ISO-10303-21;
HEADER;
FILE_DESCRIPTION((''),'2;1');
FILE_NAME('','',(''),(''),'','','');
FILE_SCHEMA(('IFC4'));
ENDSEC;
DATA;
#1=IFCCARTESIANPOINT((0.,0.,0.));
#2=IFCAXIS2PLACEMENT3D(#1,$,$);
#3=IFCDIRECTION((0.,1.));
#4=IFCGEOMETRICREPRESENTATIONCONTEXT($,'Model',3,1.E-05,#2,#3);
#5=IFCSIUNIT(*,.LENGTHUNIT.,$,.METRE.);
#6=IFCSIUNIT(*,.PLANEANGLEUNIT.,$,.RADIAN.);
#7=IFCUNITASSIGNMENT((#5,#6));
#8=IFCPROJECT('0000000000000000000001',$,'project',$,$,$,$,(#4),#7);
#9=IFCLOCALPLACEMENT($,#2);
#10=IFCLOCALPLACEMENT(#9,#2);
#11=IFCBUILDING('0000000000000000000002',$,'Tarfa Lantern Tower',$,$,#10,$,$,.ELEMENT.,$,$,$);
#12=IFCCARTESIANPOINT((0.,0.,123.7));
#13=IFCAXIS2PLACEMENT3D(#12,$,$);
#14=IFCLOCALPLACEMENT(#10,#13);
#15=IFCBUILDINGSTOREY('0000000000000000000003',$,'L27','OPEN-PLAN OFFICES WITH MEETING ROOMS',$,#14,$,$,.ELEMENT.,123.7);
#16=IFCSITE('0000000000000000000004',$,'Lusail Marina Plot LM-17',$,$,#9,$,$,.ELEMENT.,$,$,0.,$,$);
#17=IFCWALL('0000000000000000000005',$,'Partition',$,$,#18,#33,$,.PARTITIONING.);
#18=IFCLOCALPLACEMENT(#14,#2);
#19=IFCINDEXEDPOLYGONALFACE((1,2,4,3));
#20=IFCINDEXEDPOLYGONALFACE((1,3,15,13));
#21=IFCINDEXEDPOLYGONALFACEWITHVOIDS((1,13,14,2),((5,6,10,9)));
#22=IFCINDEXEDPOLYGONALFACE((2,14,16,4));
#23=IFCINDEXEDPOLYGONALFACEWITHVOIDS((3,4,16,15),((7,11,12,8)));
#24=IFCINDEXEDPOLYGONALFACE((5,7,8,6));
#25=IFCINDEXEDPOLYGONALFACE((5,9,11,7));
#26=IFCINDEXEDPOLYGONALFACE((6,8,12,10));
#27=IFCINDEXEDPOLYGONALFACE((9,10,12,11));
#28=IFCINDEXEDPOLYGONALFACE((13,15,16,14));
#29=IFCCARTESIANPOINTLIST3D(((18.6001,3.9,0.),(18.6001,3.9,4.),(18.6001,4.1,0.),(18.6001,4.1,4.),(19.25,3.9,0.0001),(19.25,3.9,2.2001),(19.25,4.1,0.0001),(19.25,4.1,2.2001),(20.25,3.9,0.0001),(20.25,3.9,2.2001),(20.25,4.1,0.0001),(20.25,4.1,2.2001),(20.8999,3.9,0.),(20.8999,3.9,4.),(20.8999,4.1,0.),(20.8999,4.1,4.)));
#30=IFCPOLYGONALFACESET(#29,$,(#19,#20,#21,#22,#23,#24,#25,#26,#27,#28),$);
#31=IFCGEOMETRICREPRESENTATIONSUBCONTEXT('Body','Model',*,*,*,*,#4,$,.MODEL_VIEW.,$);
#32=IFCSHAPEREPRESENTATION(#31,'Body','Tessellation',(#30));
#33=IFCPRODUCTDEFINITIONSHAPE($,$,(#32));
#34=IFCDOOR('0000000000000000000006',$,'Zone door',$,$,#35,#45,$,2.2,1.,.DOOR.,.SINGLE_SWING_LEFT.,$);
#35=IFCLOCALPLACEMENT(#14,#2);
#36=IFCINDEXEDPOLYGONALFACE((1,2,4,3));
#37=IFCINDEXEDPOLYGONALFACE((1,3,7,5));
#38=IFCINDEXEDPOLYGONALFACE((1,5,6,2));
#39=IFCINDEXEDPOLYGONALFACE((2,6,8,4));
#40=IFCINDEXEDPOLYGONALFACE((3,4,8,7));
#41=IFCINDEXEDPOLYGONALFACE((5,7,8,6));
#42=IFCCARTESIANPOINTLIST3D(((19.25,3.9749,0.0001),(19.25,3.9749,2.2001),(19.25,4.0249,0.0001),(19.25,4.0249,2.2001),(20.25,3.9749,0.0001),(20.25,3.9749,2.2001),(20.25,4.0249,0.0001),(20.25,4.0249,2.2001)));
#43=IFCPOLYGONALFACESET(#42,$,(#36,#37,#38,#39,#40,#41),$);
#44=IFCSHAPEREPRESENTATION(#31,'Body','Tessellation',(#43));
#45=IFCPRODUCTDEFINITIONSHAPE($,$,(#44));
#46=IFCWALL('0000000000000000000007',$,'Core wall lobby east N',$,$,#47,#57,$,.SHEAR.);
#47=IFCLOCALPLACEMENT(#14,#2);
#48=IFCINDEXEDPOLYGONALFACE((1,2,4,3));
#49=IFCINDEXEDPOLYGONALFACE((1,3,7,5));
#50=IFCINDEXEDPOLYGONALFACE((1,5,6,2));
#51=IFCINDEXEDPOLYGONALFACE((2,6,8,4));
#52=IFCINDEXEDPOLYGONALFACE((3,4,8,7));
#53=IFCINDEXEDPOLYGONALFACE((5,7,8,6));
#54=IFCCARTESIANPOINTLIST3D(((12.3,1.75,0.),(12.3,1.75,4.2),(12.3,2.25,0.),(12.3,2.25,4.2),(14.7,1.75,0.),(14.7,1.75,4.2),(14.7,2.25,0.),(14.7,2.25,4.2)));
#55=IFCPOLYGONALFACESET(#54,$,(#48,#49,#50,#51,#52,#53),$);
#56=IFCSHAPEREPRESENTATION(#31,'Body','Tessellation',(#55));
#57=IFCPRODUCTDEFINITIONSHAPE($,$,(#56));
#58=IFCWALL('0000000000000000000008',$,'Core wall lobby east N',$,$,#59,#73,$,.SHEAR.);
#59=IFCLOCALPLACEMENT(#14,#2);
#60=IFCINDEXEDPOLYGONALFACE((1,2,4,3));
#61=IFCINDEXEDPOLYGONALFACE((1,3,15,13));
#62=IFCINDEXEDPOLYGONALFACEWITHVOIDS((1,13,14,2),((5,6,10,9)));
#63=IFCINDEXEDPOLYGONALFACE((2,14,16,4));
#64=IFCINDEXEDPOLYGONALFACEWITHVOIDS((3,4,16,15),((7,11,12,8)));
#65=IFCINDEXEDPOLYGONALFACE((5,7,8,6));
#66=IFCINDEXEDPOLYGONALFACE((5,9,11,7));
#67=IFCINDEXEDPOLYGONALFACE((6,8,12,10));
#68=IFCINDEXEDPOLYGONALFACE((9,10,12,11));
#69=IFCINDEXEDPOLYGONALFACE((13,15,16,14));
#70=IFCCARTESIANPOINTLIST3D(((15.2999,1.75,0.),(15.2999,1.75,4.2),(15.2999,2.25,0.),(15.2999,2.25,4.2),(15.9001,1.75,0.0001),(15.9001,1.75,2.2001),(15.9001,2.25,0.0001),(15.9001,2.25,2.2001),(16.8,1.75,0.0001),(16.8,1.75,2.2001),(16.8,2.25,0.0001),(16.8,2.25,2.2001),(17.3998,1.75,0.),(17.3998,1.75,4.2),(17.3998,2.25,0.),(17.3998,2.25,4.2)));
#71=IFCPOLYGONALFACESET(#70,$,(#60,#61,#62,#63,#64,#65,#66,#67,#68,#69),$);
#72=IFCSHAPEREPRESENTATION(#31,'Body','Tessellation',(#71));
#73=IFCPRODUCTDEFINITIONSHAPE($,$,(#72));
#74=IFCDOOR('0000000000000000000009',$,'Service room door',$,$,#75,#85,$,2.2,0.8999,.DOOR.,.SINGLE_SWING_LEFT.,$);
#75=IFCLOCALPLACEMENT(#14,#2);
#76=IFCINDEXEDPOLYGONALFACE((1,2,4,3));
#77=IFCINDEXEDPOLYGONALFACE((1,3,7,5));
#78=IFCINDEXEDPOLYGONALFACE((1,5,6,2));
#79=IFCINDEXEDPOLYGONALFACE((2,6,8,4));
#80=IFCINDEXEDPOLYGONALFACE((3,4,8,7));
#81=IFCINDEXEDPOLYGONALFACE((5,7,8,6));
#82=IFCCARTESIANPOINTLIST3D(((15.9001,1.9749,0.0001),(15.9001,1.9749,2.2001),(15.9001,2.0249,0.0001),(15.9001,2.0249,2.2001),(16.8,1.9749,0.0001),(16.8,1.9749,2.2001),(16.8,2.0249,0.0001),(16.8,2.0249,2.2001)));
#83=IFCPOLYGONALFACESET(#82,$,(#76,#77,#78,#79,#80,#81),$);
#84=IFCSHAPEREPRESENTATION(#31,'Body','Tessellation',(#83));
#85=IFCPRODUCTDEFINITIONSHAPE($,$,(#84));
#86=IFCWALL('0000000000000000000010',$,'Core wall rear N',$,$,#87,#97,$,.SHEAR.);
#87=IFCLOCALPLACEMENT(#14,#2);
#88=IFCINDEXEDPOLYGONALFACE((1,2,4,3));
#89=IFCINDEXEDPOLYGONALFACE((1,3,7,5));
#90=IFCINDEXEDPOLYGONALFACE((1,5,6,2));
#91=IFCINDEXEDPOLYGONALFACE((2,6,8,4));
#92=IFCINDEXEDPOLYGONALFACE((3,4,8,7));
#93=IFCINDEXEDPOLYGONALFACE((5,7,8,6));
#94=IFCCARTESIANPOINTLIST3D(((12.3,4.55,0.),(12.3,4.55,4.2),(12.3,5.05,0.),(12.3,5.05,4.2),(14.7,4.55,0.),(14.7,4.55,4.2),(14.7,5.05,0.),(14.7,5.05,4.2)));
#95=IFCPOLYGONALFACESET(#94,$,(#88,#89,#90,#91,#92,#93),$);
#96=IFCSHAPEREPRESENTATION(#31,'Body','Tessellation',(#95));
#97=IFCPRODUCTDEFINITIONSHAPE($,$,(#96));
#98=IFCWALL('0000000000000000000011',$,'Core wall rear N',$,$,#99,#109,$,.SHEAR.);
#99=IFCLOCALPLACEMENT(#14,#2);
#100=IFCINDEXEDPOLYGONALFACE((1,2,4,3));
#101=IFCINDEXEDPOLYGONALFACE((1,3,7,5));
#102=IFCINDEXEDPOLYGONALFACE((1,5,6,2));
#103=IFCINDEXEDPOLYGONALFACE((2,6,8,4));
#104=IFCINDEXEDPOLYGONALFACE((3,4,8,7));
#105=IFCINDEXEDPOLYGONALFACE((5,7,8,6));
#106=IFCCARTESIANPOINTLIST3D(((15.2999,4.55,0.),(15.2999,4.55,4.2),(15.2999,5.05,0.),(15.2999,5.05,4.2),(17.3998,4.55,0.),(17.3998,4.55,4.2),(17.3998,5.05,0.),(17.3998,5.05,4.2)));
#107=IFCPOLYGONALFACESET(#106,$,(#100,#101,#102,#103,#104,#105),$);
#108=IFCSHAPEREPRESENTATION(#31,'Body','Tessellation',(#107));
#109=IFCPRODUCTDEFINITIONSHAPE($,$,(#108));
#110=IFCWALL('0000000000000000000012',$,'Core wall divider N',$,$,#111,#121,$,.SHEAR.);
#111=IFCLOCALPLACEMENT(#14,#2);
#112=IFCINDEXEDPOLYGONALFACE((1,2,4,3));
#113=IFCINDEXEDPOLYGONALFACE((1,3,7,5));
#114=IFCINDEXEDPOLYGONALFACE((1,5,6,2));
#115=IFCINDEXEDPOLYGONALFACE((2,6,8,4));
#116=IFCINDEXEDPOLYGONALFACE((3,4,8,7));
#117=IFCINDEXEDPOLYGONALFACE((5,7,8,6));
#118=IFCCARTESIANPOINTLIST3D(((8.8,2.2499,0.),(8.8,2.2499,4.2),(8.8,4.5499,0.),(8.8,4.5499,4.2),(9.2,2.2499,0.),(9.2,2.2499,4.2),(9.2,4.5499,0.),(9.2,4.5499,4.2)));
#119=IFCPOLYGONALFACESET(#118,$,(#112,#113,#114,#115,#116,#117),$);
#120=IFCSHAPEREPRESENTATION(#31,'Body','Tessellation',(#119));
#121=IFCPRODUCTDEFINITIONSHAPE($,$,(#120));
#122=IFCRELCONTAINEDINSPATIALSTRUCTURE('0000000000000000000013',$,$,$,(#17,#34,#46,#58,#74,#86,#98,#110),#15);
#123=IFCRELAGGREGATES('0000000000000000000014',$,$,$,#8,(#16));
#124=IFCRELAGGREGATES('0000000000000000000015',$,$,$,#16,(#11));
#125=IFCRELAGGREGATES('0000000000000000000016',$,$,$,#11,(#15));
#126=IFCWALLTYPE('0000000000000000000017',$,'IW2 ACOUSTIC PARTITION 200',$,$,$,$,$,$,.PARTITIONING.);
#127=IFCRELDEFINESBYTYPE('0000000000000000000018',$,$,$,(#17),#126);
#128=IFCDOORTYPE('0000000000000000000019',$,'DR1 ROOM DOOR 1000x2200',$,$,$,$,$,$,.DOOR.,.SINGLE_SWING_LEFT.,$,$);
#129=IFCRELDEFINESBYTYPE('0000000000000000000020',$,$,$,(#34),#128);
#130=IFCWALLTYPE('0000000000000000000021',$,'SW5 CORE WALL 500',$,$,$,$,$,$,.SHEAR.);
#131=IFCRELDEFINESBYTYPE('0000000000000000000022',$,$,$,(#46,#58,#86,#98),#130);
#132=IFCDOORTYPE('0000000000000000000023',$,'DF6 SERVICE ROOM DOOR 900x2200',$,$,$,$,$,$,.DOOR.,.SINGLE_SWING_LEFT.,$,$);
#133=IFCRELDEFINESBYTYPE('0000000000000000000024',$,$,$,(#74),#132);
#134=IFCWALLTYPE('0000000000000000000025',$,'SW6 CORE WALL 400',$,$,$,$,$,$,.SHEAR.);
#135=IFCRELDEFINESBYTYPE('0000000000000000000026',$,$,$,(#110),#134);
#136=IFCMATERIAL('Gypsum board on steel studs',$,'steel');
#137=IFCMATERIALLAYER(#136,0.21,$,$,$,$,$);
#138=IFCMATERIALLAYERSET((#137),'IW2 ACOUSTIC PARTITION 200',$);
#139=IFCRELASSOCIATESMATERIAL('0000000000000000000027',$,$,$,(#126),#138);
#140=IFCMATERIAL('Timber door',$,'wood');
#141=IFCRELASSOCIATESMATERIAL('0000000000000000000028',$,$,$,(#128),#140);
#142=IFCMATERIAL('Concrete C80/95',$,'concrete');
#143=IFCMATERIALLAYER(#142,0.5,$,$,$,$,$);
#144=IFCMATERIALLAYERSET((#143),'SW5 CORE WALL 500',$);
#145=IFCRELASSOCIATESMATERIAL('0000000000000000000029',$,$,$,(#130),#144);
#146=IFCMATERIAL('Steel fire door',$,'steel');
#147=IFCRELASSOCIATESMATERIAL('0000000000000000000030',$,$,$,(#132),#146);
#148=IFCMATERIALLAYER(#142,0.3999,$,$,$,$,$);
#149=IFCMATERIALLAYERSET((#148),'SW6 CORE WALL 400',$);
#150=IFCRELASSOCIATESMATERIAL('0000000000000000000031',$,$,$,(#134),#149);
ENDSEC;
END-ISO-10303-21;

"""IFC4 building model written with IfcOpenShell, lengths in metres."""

from ifc_helpers import new_model, si_unit, direction, frame, frame_2d, origin, place, context, subcontext, project, spatial, rectangle, extrude, material, layer, layer_set, type_object, element, fill, save


model = new_model("IFC4")

# Units and contexts
model_context = context("Model", 3, precision=1e-05, world=origin(), true_north=direction((0.0, 1.0)))
body_context = subcontext(model_context, "Body", "Model", "MODEL_VIEW")
ifc_project = project(units=[si_unit("LENGTHUNIT", "METRE"), si_unit("PLANEANGLEUNIT", "RADIAN")], contexts=[model_context])

# Site, building, storey
site_placement = place(None, origin())
site = spatial("IfcSite", under=ifc_project, at=site_placement, Name="Lusail Marina Plot LM-17", CompositionType="ELEMENT", RefElevation=0.0)
building_placement = place(site_placement, origin())
building = spatial("IfcBuilding", under=site, at=building_placement, Name="Tarfa Lantern Tower", CompositionType="ELEMENT")
storey_placement = place(building_placement, frame((0.0, 0.0, 123.7)))
storey = spatial("IfcBuildingStorey", under=building, at=storey_placement, Name="L27", Description="OPEN-PLAN OFFICES WITH MEETING ROOMS", CompositionType="ELEMENT", Elevation=123.7)

# Shared definitions
ifc_material_1 = material(Name="Gypsum board on steel studs", Category="steel")
ifc_layer_1 = layer(ifc_material_1, 0.21)
ifc_layer_set_1 = layer_set([ifc_layer_1], Name="IW2 ACOUSTIC PARTITION 200")
wall_type_1 = type_object("IfcWallType", Name="IW2 ACOUSTIC PARTITION 200", PredefinedType="PARTITIONING", material=ifc_layer_set_1)
ifc_material_2 = material(Name="Timber door", Category="wood")
door_type_1 = type_object("IfcDoorType", Name="DR1 ROOM DOOR 1000x2200", OperationType="SINGLE_SWING_LEFT", PredefinedType="DOOR", material=ifc_material_2)

# Wall, opening, door
wall_1_placement = place(storey_placement, frame((18.6001, 4.0, 0.0), z_axis=(0.0, 0.0, 1.0), x_axis=(1.0, 0.0, 0.0)))
wall_1 = element("IfcWall", 1, at=wall_1_placement, inside=storey, type_object=wall_type_1, Name="Partition", PredefinedType="PARTITIONING", context=body_context, shape_type="SweptSolid", body=[
    extrude(rectangle(XDim=2.2998, YDim=0.2, at=frame_2d((1.1499, 0.0))), origin(), (0.0, 0.0, 1.0), 4.0),
])
opening_1_placement = place(wall_1_placement, frame((0.6499, 0.0, 0.0)))
opening_1 = element("IfcOpeningElement", 2, at=opening_1_placement, cuts=wall_1, PredefinedType="OPENING", context=body_context, shape_type="SweptSolid", body=[
    extrude(rectangle(XDim=1.0, YDim=2.2, at=frame_2d((0.5, 1.1001))), frame((0.0, 0.1099, 0.0), z_axis=(0.0, -1.0, 0.0), x_axis=(1.0, 0.0, 0.0)), (0.0, 0.0, 1.0), 0.22),
])
door_1_placement = place(opening_1_placement, origin())
door_1 = element("IfcDoor", 3, at=door_1_placement, inside=storey, type_object=door_type_1, Name="Zone door", OperationType="SINGLE_SWING_LEFT", OverallHeight=2.2, OverallWidth=1.0, PredefinedType="DOOR", context=body_context, shape_type="SweptSolid", body=[
    extrude(rectangle(XDim=1.0, YDim=2.2, at=frame_2d((0.5, 1.1001))), frame((0.0, 0.0249, 0.0), z_axis=(0.0, -1.0, 0.0), x_axis=(1.0, 0.0, 0.0)), (0.0, 0.0, 1.0), 0.05),
])
fill(opening_1, door_1)

# Wall
ifc_material_3 = material(Name="Concrete C80/95", Category="concrete")
ifc_layer_2 = layer(ifc_material_3, 0.5)
ifc_layer_set_2 = layer_set([ifc_layer_2], Name="SW5 CORE WALL 500")
wall_type_2 = type_object("IfcWallType", Name="SW5 CORE WALL 500", PredefinedType="SHEAR", material=ifc_layer_set_2)
wall_2_placement = place(storey_placement, frame((12.3, 2.0, 0.0), z_axis=(0.0, 0.0, 1.0), x_axis=(1.0, 0.0, 0.0)))
element("IfcWall", 4, at=wall_2_placement, inside=storey, type_object=wall_type_2, Name="Core wall lobby east N", PredefinedType="SHEAR", context=body_context, shape_type="SweptSolid", body=[
    extrude(rectangle(XDim=2.3999, YDim=0.5, at=frame_2d((1.2, 0.0))), origin(), (0.0, 0.0, 1.0), 4.2),
])

# Wall, opening, door
wall_3_placement = place(storey_placement, frame((15.3, 2.0, 0.0), z_axis=(0.0, 0.0, 1.0), x_axis=(1.0, 0.0, 0.0)))
wall_3 = element("IfcWall", 5, at=wall_3_placement, inside=storey, type_object=wall_type_2, Name="Core wall lobby east N", PredefinedType="SHEAR", context=body_context, shape_type="SweptSolid", body=[
    extrude(rectangle(XDim=2.0999, YDim=0.5, at=frame_2d((1.0498, 0.0))), origin(), (0.0, 0.0, 1.0), 4.2),
])
opening_2_placement = place(wall_3_placement, frame((0.6001, 0.0, 0.0)))
opening_2 = element("IfcOpeningElement", 6, at=opening_2_placement, cuts=wall_3, PredefinedType="OPENING", context=body_context, shape_type="SweptSolid", body=[
    extrude(rectangle(XDim=0.8999, YDim=2.2, at=frame_2d((0.45, 1.1001))), frame((0.0, 0.26, 0.0), z_axis=(0.0, -1.0, 0.0), x_axis=(1.0, 0.0, 0.0)), (0.0, 0.0, 1.0), 0.52),
])
ifc_material_4 = material(Name="Steel fire door", Category="steel")
door_type_2 = type_object("IfcDoorType", Name="DF6 SERVICE ROOM DOOR 900x2200", OperationType="SINGLE_SWING_LEFT", PredefinedType="DOOR", material=ifc_material_4)
door_2_placement = place(opening_2_placement, origin())
door_2 = element("IfcDoor", 7, at=door_2_placement, inside=storey, type_object=door_type_2, Name="Service room door", OperationType="SINGLE_SWING_LEFT", OverallHeight=2.2, OverallWidth=0.8999, PredefinedType="DOOR", context=body_context, shape_type="SweptSolid", body=[
    extrude(rectangle(XDim=0.8999, YDim=2.2, at=frame_2d((0.45, 1.1001))), frame((0.0, 0.0249, 0.0), z_axis=(0.0, -1.0, 0.0), x_axis=(1.0, 0.0, 0.0)), (0.0, 0.0, 1.0), 0.05),
])
fill(opening_2, door_2)

# Walls
wall_4_placement = place(storey_placement, frame((12.3, 4.8, 0.0), z_axis=(0.0, 0.0, 1.0), x_axis=(1.0, 0.0, 0.0)))
element("IfcWall", 8, at=wall_4_placement, inside=storey, type_object=wall_type_2, Name="Core wall rear N", PredefinedType="SHEAR", context=body_context, shape_type="SweptSolid", body=[
    extrude(rectangle(XDim=2.3999, YDim=0.5, at=frame_2d((1.2, 0.0))), origin(), (0.0, 0.0, 1.0), 4.2),
])
wall_5_placement = place(storey_placement, frame((15.3, 4.8, 0.0), z_axis=(0.0, 0.0, 1.0), x_axis=(1.0, 0.0, 0.0)))
element("IfcWall", 9, at=wall_5_placement, inside=storey, type_object=wall_type_2, Name="Core wall rear N", PredefinedType="SHEAR", context=body_context, shape_type="SweptSolid", body=[
    extrude(rectangle(XDim=2.0999, YDim=0.5, at=frame_2d((1.0498, 0.0))), origin(), (0.0, 0.0, 1.0), 4.2),
])
ifc_layer_3 = layer(ifc_material_3, 0.3999)
ifc_layer_set_3 = layer_set([ifc_layer_3], Name="SW6 CORE WALL 400")
wall_type_3 = type_object("IfcWallType", Name="SW6 CORE WALL 400", PredefinedType="SHEAR", material=ifc_layer_set_3)
wall_6_placement = place(storey_placement, frame((9.0, 2.25, 0.0), z_axis=(0.0, 0.0, 1.0), x_axis=(0.0, 1.0, 0.0)))
element("IfcWall", 10, at=wall_6_placement, inside=storey, type_object=wall_type_3, Name="Core wall divider N", PredefinedType="SHEAR", context=body_context, shape_type="SweptSolid", body=[
    extrude(rectangle(XDim=2.3, YDim=0.3999, at=frame_2d((1.1499, 0.0))), origin(), (0.0, 0.0, 1.0), 4.2),
])

save(model, "model.ifc")
